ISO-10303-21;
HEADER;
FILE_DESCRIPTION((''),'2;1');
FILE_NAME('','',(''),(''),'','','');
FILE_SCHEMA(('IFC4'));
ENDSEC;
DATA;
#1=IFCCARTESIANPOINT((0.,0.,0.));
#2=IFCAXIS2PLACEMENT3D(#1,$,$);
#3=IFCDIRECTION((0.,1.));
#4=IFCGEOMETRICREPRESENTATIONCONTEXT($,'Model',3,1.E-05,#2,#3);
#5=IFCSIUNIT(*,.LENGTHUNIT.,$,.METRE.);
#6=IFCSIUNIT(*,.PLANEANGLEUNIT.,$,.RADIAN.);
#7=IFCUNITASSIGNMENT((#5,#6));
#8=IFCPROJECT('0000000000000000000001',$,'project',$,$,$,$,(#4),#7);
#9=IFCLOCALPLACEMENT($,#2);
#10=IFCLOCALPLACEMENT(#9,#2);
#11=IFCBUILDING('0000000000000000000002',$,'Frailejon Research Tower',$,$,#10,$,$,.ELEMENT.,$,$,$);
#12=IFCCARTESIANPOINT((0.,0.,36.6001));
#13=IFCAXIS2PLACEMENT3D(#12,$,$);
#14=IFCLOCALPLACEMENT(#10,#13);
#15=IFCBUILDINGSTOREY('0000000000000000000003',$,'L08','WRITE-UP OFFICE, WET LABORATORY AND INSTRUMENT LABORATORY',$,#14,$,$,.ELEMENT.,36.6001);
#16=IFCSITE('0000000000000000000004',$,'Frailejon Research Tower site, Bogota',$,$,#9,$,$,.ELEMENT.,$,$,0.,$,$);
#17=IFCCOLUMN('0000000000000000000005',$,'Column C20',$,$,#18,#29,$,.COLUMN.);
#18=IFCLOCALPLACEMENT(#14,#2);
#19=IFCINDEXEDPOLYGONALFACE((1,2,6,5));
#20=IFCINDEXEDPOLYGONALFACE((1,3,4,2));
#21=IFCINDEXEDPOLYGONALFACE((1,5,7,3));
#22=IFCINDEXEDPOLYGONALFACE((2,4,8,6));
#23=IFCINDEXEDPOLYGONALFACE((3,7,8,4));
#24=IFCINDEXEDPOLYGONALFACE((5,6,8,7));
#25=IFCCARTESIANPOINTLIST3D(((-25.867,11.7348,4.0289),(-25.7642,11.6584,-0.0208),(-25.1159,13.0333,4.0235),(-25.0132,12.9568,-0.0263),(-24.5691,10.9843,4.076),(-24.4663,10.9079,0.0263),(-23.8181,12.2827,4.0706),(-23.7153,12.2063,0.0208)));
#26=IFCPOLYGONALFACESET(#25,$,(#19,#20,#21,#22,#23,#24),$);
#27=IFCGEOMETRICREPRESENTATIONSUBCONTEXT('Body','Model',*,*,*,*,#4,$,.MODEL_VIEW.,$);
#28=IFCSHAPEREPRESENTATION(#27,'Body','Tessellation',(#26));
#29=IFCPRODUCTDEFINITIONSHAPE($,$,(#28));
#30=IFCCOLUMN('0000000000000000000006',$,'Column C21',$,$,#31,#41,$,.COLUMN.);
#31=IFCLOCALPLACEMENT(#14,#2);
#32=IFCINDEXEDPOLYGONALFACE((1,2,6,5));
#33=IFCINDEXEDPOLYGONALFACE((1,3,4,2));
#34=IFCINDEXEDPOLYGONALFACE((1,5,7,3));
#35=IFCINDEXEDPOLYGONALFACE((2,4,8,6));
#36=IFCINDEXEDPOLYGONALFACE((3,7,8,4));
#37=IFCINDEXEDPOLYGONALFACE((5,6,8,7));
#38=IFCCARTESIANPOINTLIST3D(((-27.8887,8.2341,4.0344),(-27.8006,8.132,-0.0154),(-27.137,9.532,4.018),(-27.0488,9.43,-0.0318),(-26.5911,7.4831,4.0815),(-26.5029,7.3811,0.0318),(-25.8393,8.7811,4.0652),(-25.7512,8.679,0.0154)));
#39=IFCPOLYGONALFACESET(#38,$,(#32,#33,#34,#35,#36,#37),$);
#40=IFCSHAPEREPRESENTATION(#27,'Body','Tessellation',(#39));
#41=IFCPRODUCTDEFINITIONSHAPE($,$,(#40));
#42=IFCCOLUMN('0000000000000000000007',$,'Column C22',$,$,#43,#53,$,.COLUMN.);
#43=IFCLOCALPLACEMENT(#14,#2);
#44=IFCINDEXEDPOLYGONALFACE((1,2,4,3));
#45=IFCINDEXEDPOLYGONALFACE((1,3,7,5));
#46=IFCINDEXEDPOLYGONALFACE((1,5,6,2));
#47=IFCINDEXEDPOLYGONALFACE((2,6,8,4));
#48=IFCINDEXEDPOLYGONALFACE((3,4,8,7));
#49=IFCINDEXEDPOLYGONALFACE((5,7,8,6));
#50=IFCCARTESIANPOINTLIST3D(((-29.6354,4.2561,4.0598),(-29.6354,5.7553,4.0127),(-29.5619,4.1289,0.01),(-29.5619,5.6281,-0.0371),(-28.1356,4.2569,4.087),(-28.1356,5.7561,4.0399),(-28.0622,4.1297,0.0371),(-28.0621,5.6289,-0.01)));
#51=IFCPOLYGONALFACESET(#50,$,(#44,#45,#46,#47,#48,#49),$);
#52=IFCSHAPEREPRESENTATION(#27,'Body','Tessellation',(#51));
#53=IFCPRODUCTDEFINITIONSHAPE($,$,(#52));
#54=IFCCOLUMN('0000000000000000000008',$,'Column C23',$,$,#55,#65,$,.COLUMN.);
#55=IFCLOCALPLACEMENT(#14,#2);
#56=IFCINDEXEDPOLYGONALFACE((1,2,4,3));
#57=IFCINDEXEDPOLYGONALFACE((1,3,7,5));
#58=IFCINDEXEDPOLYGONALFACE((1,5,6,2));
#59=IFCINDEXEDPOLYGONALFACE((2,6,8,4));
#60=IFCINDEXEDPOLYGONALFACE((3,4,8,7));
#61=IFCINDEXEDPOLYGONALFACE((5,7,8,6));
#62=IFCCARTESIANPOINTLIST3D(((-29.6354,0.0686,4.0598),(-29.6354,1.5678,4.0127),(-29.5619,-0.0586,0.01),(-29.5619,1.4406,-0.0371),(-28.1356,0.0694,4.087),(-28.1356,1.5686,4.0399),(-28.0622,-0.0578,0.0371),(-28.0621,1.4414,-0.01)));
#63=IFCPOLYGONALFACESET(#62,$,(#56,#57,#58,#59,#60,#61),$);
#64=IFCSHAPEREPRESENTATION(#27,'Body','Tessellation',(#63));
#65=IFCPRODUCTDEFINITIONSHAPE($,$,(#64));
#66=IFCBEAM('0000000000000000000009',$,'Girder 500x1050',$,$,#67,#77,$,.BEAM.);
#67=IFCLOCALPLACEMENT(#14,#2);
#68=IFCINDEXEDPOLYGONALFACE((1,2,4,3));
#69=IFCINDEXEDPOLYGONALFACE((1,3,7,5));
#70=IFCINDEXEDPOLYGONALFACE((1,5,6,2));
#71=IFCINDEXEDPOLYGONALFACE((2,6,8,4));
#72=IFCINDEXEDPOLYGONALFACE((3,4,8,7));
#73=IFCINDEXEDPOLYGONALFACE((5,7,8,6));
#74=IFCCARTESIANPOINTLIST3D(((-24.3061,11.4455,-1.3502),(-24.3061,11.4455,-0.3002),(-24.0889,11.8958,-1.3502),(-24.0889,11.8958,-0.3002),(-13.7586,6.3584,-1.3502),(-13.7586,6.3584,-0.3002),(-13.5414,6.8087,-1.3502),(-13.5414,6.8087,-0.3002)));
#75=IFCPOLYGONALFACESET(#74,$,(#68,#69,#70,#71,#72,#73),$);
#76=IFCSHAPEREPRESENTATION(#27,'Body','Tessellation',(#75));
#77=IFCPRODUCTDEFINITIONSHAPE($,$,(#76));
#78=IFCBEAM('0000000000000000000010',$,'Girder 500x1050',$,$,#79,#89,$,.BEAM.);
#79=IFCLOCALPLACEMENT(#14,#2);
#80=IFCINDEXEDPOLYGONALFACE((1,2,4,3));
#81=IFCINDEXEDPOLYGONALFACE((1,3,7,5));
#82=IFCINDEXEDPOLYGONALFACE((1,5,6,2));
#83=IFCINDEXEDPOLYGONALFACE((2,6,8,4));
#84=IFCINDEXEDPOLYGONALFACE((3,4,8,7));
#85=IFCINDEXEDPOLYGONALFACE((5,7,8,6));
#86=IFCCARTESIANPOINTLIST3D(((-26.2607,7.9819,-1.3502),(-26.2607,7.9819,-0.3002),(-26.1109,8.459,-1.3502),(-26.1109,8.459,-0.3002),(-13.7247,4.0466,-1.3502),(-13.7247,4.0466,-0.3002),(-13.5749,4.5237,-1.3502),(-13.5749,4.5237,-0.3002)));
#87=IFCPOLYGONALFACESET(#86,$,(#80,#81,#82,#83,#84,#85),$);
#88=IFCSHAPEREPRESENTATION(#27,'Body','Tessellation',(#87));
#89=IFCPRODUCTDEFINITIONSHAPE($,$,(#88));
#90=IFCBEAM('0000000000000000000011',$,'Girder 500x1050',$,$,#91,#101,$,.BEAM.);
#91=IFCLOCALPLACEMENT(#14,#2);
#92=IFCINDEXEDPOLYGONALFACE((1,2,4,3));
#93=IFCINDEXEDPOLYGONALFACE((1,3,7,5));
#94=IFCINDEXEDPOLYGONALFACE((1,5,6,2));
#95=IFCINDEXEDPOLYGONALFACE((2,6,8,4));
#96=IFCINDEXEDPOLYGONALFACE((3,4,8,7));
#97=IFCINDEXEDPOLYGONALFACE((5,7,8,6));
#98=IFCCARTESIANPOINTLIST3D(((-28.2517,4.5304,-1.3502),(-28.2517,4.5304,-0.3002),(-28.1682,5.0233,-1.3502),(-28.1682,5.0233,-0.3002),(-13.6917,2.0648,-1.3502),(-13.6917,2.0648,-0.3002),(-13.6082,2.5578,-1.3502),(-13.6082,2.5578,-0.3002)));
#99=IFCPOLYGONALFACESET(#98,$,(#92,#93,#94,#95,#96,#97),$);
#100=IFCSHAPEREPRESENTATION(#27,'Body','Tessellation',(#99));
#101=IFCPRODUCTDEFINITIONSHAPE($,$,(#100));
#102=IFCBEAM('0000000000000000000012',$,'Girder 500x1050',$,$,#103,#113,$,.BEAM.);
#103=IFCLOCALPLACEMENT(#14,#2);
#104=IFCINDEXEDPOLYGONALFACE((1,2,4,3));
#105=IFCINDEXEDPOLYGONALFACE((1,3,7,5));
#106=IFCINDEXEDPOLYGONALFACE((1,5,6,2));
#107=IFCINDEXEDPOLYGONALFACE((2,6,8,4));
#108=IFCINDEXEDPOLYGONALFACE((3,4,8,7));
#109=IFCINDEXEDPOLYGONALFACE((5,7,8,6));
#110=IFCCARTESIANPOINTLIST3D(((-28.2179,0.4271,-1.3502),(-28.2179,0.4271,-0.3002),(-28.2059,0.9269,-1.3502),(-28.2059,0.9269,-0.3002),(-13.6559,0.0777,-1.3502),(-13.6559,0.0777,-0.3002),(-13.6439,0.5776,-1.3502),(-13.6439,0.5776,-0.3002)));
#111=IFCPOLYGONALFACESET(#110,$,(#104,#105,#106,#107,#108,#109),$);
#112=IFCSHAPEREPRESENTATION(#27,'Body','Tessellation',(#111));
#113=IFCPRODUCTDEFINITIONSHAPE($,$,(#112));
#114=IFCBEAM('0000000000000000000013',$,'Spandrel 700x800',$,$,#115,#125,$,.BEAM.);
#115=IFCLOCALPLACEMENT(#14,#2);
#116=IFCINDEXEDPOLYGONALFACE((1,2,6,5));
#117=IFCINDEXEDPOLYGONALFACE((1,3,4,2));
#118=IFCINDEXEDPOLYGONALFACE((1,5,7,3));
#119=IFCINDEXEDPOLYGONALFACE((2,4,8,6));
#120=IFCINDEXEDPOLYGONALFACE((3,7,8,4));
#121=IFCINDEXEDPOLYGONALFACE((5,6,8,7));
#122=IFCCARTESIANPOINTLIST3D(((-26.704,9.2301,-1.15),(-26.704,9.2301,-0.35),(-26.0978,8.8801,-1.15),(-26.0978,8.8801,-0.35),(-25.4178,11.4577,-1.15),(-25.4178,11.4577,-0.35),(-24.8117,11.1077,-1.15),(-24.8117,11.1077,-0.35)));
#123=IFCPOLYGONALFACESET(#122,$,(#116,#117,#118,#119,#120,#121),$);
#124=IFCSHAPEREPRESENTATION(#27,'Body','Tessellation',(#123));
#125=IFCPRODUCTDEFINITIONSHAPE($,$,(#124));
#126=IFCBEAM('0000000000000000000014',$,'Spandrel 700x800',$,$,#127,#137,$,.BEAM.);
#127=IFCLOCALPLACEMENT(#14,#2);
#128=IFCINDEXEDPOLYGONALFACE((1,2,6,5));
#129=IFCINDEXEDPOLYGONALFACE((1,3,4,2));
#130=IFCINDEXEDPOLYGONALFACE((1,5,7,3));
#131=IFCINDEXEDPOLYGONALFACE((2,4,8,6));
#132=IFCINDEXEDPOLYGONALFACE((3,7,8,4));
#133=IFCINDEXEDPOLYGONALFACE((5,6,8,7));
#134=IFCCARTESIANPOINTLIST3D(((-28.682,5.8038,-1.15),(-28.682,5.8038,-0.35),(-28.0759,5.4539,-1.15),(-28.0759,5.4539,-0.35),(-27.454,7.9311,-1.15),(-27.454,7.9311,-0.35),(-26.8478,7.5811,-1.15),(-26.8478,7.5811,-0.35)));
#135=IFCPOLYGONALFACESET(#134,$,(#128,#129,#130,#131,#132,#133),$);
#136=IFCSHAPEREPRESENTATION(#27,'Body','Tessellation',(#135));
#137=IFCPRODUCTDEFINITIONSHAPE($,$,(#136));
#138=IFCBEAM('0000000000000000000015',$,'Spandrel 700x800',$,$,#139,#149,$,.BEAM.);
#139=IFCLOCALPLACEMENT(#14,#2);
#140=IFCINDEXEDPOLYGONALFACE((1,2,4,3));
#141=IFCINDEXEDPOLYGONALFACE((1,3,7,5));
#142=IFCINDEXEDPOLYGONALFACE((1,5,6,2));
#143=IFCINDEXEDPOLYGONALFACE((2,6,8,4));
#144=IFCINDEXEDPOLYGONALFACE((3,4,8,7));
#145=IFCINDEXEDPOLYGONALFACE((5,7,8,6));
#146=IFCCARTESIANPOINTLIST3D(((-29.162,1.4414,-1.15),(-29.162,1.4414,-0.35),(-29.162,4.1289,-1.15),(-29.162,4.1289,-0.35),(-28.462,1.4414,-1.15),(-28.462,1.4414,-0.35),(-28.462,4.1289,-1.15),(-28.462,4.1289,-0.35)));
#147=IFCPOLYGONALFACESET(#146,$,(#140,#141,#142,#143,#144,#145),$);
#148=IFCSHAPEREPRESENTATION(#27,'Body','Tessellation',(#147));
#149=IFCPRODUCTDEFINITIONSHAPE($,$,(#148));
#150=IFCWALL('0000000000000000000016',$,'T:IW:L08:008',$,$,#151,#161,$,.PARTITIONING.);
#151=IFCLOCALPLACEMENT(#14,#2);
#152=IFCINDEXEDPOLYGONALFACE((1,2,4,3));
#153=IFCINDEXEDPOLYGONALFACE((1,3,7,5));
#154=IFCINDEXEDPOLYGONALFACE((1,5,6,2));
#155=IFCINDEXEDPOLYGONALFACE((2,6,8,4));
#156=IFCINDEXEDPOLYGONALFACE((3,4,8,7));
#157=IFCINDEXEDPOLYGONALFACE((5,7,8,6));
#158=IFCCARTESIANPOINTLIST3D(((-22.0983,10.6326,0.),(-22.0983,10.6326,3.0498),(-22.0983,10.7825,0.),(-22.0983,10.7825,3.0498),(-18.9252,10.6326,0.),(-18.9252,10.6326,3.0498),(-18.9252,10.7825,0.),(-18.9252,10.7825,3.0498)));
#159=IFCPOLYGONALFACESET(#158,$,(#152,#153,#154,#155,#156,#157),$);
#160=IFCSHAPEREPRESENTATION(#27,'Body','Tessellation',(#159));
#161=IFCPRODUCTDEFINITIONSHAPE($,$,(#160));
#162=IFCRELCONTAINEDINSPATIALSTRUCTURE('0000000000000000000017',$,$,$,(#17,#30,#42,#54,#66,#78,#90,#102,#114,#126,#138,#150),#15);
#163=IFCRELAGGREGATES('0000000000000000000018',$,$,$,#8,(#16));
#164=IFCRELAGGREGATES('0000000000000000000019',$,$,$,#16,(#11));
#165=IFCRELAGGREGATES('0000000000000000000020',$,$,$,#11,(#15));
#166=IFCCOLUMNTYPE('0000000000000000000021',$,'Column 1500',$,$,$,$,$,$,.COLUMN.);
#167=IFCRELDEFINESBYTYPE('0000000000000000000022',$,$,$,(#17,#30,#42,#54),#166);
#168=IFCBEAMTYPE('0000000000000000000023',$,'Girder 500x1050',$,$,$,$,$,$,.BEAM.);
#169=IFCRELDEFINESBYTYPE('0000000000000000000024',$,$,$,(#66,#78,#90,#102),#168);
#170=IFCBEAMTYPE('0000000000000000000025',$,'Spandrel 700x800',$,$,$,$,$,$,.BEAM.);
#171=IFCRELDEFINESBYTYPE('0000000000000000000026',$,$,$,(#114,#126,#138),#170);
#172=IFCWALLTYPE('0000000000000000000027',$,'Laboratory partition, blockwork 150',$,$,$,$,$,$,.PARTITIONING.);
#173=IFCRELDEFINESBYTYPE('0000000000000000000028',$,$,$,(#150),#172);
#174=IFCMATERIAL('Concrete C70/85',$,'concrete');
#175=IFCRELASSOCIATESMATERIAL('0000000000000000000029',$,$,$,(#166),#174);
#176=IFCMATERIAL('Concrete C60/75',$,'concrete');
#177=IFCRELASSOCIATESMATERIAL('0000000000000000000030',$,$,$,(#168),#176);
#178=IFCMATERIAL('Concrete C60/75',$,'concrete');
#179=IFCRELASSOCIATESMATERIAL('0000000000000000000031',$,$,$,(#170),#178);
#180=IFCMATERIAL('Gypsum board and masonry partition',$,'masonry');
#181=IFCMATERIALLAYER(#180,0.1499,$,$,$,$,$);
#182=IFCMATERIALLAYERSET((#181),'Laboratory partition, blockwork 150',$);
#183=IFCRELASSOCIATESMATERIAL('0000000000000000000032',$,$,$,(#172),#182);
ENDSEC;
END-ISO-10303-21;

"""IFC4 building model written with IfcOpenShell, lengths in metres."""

from ifc_helpers import new_model, si_unit, direction, frame, frame_2d, origin, origin_2d, place, context, subcontext, project, spatial, rectangle, extrude, material, layer, layer_set, material_profile, profile_set, type_object, element, save


model = new_model("IFC4")

# Units and contexts
model_context = context("Model", 3, precision=1e-05, world=origin(), true_north=direction((0.0, 1.0)))
body_context = subcontext(model_context, "Body", "Model", "MODEL_VIEW")
ifc_project = project(units=[si_unit("LENGTHUNIT", "METRE"), si_unit("PLANEANGLEUNIT", "RADIAN")], contexts=[model_context])

# Site, building, storey
site_placement = place(None, origin())
site = spatial("IfcSite", under=ifc_project, at=site_placement, Name="Frailejon Research Tower site, Bogota", CompositionType="ELEMENT", RefElevation=0.0)
building_placement = place(site_placement, origin())
building = spatial("IfcBuilding", under=site, at=building_placement, Name="Frailejon Research Tower", CompositionType="ELEMENT")
storey_placement = place(building_placement, frame((0.0, 0.0, 36.6001)))
storey = spatial("IfcBuildingStorey", under=building, at=storey_placement, Name="L08", Description="WRITE-UP OFFICE, WET LABORATORY AND INSTRUMENT LABORATORY", CompositionType="ELEMENT", Elevation=36.6001)

# Columns
ifc_material_1 = material(Name="Concrete C70/85", Category="concrete")
ifc_material_profile_1 = material_profile(ifc_material_1, rectangle(XDim=1.5, YDim=1.5, at=origin_2d()), Name="Column 1500")
ifc_profile_set_1 = profile_set([ifc_material_profile_1], Name="Concrete C70/85")
column_type = type_object("IfcColumnType", Name="Column 1500", PredefinedType="COLUMN", material=ifc_profile_set_1)
column_1_placement = place(storey_placement, frame((-24.7397, 11.9324, 0.0), z_axis=(-0.025367, 0.01886, 0.9995), x_axis=(-0.500693, -0.865617, 0.003626)))
element("IfcColumn", 1, at=column_1_placement, inside=storey, type_object=column_type, Name="Column C20", PredefinedType="COLUMN", context=body_context, shape_type="SweptSolid", body=[
    extrude(rectangle(XDim=1.5, YDim=1.5, at=origin_2d()), origin(), (0.0, 0.0, 1.0), 4.0518),
])
column_2_placement = place(storey_placement, frame((-26.7759, 8.4055, 0.0), z_axis=(-0.021751, 0.025185, 0.999446), x_axis=(-0.501142, -0.865297, 0.010898)))
element("IfcColumn", 2, at=column_2_placement, inside=storey, type_object=column_type, Name="Column C21", PredefinedType="COLUMN", context=body_context, shape_type="SweptSolid", body=[
    extrude(rectangle(XDim=1.5, YDim=1.5, at=origin_2d()), origin(), (0.0, 0.0, 1.0), 4.052),
])
for number, where, z_axis, x_axis, name in (
    (3, (-28.812, 4.8789, 0.0), (-0.018134, 0.031388, 0.999343), (-0.000022, -0.999507, 0.031392), "Column C22"),
    (4, (-28.812, 0.6914, 0.0), (-0.018134, 0.031388, 0.999343), (-0.000022, -0.999507, 0.031392), "Column C23"),
):
    element("IfcColumn", number, at=place(storey_placement, frame(where, z_axis=z_axis, x_axis=x_axis)), inside=storey, type_object=column_type, Name=name, PredefinedType="COLUMN", context=body_context, shape_type="SweptSolid", body=[
        extrude(rectangle(XDim=1.5, YDim=1.5, at=origin_2d()), origin(), (0.0, 0.0, 1.0), 4.0525),
    ])

# Beams
ifc_material_2 = material(Name="Concrete C60/75", Category="concrete")
ifc_material_profile_2 = material_profile(ifc_material_2, rectangle(XDim=0.5, YDim=1.05, at=origin_2d()), Name="Girder 500x1050")
ifc_profile_set_2 = profile_set([ifc_material_profile_2], Name="Concrete C60/75")
beam_type_1 = type_object("IfcBeamType", Name="Girder 500x1050", PredefinedType="BEAM", material=ifc_profile_set_2)
beam_1_placement = place(storey_placement, frame((-24.1975, 11.6707, -0.8252), z_axis=(0.900712, -0.434417, 0.0), x_axis=(0.434417, 0.900712, 0.0)))
element("IfcBeam", 5, at=beam_1_placement, inside=storey, type_object=beam_type_1, Name="Girder 500x1050", PredefinedType="BEAM", context=body_context, shape_type="SweptSolid", body=[
    extrude(rectangle(XDim=0.5, YDim=1.05, at=origin_2d()), origin(), (0.0, 0.0, 1.0), 11.7102),
])
beam_2_placement = place(storey_placement, frame((-26.1858, 8.2205, -0.8252), z_axis=(0.954093, -0.299512, 0.0), x_axis=(0.299512, 0.954093, 0.0)))
element("IfcBeam", 6, at=beam_2_placement, inside=storey, type_object=beam_type_1, Name="Girder 500x1050", PredefinedType="BEAM", context=body_context, shape_type="SweptSolid", body=[
    extrude(rectangle(XDim=0.5, YDim=1.05, at=origin_2d()), origin(), (0.0, 0.0, 1.0), 13.1392),
])
beam_3_placement = place(storey_placement, frame((-28.21, 4.7769, -0.8252), z_axis=(0.985963, -0.166961, 0.0), x_axis=(0.166961, 0.985963, 0.0)))
element("IfcBeam", 7, at=beam_3_placement, inside=storey, type_object=beam_type_1, Name="Girder 500x1050", PredefinedType="BEAM", context=body_context, shape_type="SweptSolid", body=[
    extrude(rectangle(XDim=0.5, YDim=1.05, at=origin_2d()), origin(), (0.0, 0.0, 1.0), 14.7673),
])
beam_4_placement = place(storey_placement, frame((-28.2119, 0.677, -0.8252), z_axis=(0.999712, -0.023985, 0.0), x_axis=(0.023985, 0.999712, 0.0)))
element("IfcBeam", 8, at=beam_4_placement, inside=storey, type_object=beam_type_1, Name="Girder 500x1050", PredefinedType="BEAM", context=body_context, shape_type="SweptSolid", body=[
    extrude(rectangle(XDim=0.5, YDim=1.05, at=origin_2d()), origin(), (0.0, 0.0, 1.0), 14.5662),
])
ifc_material_3 = material(Name="Concrete C60/75", Category="concrete")
ifc_material_profile_3 = material_profile(ifc_material_3, rectangle(XDim=0.7, YDim=0.8, at=origin_2d()), Name="Spandrel 700x800")
ifc_profile_set_3 = profile_set([ifc_material_profile_3], Name="Concrete C60/75")
beam_type_2 = type_object("IfcBeamType", Name="Spandrel 700x800", PredefinedType="BEAM", material=ifc_profile_set_3)
beam_5_placement = place(storey_placement, frame((-25.1147, 11.2827, -0.75), z_axis=(-0.500018, -0.866015, 0.0), x_axis=(0.866015, -0.500018, 0.0)))
element("IfcBeam", 9, at=beam_5_placement, inside=storey, type_object=beam_type_2, Name="Spandrel 700x800", PredefinedType="BEAM", context=body_context, shape_type="SweptSolid", body=[
    extrude(rectangle(XDim=0.7, YDim=0.8, at=origin_2d()), origin(), (0.0, 0.0, 1.0), 2.5723),
])
beam_6_placement = place(storey_placement, frame((-27.1509, 7.7561, -0.75), z_axis=(-0.499966, -0.866045, 0.0), x_axis=(0.866045, -0.499966, 0.0)))
element("IfcBeam", 10, at=beam_6_placement, inside=storey, type_object=beam_type_2, Name="Spandrel 700x800", PredefinedType="BEAM", context=body_context, shape_type="SweptSolid", body=[
    extrude(rectangle(XDim=0.7, YDim=0.8, at=origin_2d()), origin(), (0.0, 0.0, 1.0), 2.4563),
])
beam_7_placement = place(storey_placement, frame((-28.812, 4.1289, -0.75), z_axis=(0.0, -1.0, 0.0), x_axis=(1.0, 0.0, 0.0)))
element("IfcBeam", 11, at=beam_7_placement, inside=storey, type_object=beam_type_2, Name="Spandrel 700x800", PredefinedType="BEAM", context=body_context, shape_type="SweptSolid", body=[
    extrude(rectangle(XDim=0.7, YDim=0.8, at=origin_2d()), origin(), (0.0, 0.0, 1.0), 2.6875),
])

# Wall
ifc_material_4 = material(Name="Gypsum board and masonry partition", Category="masonry")
ifc_layer_1 = layer(ifc_material_4, 0.1499)
ifc_layer_set_1 = layer_set([ifc_layer_1], Name="Laboratory partition, blockwork 150")
wall_type_1 = type_object("IfcWallType", Name="Laboratory partition, blockwork 150", PredefinedType="PARTITIONING", material=ifc_layer_set_1)
wall_1_placement = place(storey_placement, frame((-22.0981, 10.7075, 0.0), z_axis=(0.0, 0.0, 1.0), x_axis=(1.0, 0.0, 0.0)))
element("IfcWall", 12, at=wall_1_placement, inside=storey, type_object=wall_type_1, Name="T:IW:L08:008", PredefinedType="PARTITIONING", context=body_context, shape_type="SweptSolid", body=[
    extrude(rectangle(XDim=3.1731, YDim=0.1499, at=frame_2d((1.5864, 0.0))), origin(), (0.0, 0.0, 1.0), 3.0498),
])

save(model, "model.ifc")
